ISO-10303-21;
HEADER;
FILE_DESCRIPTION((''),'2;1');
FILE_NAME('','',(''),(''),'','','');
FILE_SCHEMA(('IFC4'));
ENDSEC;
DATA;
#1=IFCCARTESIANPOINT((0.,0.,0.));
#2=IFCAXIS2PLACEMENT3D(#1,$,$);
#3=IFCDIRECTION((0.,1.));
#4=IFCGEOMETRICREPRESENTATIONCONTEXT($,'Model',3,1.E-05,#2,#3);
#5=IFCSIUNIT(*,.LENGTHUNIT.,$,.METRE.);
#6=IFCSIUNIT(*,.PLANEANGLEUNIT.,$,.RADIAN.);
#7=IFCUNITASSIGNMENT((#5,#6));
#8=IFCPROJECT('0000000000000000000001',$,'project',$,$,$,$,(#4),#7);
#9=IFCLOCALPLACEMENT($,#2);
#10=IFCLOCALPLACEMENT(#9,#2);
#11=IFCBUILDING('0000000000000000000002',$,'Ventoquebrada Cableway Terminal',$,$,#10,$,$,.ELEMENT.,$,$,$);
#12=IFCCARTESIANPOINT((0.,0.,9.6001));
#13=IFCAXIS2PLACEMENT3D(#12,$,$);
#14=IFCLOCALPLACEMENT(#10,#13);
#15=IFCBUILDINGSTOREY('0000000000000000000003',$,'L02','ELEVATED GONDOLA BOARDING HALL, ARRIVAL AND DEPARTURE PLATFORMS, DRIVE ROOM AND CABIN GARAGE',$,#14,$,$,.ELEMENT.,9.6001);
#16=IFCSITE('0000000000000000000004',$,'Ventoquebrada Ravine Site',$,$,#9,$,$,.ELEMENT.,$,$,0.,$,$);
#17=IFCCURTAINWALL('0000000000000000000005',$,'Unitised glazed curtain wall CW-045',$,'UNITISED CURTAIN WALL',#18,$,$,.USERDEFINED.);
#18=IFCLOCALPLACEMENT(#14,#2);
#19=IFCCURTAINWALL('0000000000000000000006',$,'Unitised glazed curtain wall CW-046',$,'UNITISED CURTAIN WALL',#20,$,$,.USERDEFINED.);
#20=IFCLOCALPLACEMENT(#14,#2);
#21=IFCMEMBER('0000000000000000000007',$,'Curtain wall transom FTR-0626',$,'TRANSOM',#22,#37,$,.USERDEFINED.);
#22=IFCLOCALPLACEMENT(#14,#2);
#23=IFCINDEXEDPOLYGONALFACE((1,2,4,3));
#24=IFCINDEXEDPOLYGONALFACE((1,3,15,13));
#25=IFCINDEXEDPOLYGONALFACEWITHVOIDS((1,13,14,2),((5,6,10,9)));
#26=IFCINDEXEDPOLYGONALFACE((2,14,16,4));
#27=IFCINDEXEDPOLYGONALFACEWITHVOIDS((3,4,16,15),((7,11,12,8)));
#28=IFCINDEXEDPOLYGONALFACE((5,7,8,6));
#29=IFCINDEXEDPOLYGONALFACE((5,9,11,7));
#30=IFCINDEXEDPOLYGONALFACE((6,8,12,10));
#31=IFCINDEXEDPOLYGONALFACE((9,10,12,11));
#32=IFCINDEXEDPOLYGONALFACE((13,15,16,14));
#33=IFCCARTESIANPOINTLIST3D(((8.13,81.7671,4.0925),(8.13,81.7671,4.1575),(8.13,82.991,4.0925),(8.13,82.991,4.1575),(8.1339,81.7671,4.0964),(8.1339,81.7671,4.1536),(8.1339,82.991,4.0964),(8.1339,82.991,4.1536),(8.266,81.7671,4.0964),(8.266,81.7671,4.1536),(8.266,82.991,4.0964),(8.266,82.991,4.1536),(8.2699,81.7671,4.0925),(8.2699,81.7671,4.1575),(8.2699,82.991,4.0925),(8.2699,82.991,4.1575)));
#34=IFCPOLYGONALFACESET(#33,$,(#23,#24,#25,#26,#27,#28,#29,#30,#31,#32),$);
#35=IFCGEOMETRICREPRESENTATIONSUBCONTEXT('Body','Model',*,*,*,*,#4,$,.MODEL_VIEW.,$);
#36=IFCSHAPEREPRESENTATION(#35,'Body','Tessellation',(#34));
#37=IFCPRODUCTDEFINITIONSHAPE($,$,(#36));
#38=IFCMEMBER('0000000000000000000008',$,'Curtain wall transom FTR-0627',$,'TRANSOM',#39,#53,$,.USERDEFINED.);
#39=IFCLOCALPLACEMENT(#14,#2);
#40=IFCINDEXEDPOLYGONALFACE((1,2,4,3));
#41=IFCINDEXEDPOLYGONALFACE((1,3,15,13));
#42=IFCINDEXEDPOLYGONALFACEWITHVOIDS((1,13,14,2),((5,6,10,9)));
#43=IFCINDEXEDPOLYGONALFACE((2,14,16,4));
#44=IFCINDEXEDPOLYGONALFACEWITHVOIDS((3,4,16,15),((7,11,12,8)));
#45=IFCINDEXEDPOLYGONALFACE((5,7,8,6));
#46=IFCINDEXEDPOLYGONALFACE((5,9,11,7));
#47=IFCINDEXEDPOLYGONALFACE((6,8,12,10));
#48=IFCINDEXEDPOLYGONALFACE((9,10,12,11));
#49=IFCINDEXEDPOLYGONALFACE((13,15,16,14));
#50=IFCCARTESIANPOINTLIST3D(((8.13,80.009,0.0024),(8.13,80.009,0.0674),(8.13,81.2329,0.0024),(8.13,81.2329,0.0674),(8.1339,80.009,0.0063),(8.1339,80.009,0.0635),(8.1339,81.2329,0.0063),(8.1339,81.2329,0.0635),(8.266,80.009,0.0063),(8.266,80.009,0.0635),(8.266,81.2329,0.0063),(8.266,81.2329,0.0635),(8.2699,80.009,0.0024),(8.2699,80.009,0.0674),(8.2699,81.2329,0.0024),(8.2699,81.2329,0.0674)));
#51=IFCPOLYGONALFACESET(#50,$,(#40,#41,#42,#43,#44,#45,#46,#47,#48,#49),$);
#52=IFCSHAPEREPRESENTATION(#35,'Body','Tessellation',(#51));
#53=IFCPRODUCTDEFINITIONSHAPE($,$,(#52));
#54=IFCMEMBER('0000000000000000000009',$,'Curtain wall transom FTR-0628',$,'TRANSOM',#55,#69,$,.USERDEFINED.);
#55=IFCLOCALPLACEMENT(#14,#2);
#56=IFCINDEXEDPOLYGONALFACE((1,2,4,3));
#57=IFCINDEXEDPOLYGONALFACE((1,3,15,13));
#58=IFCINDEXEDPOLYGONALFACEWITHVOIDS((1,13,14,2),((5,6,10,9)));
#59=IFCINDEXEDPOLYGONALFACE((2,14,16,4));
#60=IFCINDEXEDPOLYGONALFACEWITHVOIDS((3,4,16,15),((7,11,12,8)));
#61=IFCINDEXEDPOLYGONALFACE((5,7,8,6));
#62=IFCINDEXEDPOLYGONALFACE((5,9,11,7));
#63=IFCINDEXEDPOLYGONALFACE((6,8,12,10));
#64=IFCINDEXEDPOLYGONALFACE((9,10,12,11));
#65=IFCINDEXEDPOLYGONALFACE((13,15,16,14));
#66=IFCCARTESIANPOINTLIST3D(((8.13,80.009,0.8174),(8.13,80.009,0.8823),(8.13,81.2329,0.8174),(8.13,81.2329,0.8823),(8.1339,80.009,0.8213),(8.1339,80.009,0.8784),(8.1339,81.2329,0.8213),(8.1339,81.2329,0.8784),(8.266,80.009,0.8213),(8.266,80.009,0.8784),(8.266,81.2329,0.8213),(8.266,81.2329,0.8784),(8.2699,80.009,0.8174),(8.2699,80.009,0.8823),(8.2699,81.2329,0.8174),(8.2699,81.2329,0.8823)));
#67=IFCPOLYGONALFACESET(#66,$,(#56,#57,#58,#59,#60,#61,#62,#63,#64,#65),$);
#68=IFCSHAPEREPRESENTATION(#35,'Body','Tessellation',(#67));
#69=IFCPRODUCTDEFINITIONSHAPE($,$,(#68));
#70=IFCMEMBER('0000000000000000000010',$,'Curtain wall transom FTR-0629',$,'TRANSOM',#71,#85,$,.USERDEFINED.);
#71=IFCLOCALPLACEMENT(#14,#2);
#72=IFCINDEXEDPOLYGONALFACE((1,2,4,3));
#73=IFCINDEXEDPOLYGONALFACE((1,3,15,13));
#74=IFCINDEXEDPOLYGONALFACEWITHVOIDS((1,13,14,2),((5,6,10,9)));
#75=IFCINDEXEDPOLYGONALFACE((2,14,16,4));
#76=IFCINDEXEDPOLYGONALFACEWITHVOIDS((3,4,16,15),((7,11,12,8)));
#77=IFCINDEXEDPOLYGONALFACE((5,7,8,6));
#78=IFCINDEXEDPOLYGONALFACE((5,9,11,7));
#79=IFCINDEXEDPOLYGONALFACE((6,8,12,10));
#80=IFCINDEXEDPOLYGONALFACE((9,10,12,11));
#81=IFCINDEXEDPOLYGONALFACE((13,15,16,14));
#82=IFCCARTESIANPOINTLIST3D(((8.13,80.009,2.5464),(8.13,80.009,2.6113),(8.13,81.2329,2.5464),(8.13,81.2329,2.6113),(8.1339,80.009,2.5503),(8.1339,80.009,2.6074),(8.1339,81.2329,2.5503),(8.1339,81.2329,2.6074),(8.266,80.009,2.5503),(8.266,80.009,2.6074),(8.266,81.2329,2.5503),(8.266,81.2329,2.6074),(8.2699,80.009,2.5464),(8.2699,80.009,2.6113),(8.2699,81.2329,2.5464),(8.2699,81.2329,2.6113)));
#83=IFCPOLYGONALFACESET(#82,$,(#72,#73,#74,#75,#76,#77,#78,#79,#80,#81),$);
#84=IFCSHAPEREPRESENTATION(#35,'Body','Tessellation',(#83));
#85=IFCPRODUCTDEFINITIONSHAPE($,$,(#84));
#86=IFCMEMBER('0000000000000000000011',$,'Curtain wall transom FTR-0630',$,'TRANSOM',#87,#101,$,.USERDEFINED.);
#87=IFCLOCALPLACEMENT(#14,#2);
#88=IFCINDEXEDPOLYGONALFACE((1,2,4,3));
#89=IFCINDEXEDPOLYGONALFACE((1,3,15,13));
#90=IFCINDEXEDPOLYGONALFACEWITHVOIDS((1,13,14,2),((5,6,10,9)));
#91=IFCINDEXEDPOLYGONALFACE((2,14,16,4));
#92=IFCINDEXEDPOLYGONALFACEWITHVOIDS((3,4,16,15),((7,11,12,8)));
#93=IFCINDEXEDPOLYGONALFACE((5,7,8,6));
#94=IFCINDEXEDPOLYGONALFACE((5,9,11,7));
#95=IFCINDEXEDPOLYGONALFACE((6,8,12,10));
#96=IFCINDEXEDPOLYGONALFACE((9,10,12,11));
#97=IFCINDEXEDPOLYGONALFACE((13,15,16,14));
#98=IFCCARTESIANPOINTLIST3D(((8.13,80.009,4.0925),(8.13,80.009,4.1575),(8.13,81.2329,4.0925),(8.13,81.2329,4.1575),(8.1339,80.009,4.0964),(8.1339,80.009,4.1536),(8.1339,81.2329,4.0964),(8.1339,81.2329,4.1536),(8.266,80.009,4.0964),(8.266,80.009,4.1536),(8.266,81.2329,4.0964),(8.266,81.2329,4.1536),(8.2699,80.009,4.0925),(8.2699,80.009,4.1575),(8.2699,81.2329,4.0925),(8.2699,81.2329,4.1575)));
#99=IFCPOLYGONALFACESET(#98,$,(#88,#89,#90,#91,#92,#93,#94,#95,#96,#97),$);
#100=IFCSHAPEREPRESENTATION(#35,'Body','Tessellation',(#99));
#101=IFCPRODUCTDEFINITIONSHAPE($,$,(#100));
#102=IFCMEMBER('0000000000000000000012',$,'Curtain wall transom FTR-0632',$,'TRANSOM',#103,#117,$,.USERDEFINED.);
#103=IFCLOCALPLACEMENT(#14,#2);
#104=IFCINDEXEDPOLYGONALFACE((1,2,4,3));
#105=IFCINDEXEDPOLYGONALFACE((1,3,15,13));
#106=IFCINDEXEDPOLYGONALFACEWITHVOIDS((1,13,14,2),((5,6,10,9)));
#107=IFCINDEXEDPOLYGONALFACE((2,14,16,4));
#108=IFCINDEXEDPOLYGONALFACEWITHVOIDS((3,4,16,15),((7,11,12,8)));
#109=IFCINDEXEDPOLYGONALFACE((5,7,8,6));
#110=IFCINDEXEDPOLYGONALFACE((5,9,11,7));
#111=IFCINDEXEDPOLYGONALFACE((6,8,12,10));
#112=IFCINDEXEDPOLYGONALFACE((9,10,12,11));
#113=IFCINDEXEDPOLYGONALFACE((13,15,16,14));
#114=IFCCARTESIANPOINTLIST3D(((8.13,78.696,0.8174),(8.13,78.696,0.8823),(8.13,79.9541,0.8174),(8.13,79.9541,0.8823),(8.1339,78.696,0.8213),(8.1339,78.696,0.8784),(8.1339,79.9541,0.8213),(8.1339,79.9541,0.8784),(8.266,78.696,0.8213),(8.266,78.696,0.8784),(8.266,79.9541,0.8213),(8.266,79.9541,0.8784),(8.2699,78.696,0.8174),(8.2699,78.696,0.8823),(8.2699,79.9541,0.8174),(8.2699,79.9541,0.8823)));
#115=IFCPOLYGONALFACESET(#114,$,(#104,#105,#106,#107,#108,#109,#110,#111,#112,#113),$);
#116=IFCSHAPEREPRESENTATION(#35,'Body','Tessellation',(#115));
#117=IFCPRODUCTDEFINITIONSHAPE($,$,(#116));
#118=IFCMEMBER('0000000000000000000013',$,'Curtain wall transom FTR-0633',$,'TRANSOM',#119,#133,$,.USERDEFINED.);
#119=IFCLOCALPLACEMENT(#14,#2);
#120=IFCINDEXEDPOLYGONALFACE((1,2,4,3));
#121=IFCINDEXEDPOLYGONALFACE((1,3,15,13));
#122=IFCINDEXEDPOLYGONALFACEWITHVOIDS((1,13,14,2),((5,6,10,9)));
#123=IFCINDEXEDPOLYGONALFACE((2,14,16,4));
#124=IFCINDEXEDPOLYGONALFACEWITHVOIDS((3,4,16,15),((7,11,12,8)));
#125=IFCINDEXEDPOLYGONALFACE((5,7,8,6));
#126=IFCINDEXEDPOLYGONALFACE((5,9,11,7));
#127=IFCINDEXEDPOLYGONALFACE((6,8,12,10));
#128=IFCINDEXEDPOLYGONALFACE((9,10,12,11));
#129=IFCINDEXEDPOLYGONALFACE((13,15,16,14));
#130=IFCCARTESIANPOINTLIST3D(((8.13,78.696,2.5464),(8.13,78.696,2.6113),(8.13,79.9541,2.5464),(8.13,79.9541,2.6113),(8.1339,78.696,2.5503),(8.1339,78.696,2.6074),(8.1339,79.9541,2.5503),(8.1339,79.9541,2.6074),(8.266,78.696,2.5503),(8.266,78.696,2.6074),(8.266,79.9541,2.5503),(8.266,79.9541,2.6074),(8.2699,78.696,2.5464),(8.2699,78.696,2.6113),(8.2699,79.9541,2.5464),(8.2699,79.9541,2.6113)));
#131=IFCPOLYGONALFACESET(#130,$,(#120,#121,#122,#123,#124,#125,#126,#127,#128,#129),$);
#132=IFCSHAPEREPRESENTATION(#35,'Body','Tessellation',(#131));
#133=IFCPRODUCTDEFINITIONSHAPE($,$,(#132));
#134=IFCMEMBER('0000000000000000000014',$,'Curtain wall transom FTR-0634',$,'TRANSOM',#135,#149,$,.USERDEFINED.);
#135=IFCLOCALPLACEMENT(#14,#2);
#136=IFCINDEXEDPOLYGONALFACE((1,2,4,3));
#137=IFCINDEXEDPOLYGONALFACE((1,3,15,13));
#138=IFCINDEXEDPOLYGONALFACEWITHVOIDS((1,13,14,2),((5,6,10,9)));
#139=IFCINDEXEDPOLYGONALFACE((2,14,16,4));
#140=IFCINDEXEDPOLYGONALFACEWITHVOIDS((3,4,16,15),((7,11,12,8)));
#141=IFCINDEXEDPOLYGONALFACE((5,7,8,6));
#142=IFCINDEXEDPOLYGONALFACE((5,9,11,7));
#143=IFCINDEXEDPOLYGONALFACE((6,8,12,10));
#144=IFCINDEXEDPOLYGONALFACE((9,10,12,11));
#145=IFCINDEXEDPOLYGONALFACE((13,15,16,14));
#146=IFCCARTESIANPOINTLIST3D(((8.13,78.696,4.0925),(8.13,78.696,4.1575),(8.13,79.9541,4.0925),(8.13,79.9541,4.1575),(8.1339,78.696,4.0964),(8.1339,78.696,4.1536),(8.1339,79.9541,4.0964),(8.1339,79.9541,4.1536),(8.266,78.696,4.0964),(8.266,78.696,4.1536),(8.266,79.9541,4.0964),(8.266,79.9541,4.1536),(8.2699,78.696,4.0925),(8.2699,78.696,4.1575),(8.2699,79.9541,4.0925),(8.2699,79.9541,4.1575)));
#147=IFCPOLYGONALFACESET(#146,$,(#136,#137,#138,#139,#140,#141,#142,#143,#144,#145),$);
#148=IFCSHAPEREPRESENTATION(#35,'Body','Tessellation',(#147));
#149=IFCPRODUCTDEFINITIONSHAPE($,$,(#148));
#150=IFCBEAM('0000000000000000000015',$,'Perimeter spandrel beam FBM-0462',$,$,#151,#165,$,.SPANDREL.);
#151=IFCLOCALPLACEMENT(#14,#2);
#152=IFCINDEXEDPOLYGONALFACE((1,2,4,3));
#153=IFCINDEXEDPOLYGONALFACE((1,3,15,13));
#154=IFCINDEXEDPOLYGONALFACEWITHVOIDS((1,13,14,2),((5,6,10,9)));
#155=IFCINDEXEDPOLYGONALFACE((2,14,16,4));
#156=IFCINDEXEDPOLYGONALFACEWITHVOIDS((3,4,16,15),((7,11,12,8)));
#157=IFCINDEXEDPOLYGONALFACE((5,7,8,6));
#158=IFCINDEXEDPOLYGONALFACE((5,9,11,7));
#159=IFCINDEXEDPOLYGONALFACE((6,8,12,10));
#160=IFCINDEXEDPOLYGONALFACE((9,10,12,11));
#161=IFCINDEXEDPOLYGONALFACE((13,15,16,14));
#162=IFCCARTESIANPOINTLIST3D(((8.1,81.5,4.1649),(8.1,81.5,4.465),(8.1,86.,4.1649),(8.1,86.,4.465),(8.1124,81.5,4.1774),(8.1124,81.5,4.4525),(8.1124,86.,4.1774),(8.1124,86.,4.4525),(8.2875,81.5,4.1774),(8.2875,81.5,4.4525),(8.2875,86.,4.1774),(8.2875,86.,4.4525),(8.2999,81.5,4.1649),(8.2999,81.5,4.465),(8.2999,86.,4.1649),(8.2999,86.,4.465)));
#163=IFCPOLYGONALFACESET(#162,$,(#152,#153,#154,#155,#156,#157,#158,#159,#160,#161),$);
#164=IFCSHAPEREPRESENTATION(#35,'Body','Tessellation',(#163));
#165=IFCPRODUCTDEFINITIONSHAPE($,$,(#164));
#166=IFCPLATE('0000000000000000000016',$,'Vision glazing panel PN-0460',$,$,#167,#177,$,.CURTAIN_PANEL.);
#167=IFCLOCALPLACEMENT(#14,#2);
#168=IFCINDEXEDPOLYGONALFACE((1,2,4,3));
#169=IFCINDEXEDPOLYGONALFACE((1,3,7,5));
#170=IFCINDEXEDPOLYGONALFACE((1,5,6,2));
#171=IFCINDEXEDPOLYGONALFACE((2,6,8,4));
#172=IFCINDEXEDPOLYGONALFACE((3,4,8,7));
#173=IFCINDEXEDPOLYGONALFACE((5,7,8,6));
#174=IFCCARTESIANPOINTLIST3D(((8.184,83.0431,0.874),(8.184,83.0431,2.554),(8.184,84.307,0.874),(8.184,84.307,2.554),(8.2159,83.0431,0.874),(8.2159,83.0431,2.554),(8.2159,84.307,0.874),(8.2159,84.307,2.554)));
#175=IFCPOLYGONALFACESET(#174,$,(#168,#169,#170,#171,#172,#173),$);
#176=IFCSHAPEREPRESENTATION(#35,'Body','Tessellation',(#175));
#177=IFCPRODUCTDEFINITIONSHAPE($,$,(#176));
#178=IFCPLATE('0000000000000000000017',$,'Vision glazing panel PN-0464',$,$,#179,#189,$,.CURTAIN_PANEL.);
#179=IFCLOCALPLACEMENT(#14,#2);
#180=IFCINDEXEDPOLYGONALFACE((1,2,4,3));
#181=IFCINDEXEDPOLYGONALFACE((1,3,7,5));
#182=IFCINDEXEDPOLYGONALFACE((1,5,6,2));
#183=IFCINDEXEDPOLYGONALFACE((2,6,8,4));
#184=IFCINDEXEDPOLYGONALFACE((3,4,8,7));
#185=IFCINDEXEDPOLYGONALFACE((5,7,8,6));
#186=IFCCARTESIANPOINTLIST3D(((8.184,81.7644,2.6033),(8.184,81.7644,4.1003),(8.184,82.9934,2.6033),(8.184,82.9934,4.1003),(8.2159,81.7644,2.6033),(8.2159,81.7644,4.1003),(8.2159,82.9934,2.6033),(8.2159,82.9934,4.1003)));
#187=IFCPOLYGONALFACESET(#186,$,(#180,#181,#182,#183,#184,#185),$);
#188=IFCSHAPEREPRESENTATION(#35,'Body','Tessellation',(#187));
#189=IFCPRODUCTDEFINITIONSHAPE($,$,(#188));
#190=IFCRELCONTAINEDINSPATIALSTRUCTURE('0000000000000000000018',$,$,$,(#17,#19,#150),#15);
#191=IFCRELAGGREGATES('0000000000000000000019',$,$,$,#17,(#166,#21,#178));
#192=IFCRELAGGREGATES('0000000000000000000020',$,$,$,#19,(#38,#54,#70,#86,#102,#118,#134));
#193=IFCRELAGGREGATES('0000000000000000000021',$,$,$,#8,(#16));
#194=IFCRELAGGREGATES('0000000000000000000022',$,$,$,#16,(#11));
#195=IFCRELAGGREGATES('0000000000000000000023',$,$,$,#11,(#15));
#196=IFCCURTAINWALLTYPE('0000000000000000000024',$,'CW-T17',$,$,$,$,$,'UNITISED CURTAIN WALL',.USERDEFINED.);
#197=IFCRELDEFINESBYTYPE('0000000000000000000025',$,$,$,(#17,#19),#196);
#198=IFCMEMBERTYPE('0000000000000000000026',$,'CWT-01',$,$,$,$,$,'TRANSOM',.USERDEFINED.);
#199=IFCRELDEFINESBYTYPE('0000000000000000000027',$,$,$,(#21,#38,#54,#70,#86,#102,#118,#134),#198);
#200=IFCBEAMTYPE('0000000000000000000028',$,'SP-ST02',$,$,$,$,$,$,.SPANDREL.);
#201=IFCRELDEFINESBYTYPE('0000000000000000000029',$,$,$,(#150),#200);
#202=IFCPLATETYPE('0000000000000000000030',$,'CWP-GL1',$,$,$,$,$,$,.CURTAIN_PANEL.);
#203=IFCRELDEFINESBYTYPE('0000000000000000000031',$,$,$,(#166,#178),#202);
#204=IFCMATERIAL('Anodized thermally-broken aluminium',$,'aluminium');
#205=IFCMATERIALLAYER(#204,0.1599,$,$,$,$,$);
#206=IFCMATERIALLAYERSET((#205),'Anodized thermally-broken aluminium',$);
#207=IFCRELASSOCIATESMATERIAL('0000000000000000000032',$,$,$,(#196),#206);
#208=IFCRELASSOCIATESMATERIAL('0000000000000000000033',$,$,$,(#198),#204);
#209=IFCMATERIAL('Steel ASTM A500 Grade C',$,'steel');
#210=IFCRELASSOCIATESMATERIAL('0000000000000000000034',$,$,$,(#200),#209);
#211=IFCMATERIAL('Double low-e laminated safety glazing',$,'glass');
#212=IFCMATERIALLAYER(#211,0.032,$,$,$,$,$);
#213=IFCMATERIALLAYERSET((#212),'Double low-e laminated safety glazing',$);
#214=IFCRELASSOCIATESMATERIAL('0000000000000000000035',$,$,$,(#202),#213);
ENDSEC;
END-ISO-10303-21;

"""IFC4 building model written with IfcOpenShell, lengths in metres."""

from ifc_helpers import new_model, si_unit, direction, frame, origin, origin_2d, place, context, subcontext, project, spatial, rectangle, hollow_rectangle, extrude, material, layer, layer_set, material_profile, profile_set, type_object, element, aggregate, save


model = new_model("IFC4")

# Units and contexts
model_context = context("Model", 3, precision=1e-05, world=origin(), true_north=direction((0.0, 1.0)))
body_context = subcontext(model_context, "Body", "Model", "MODEL_VIEW")
ifc_project = project(units=[si_unit("LENGTHUNIT", "METRE"), si_unit("PLANEANGLEUNIT", "RADIAN")], contexts=[model_context])

# Site, building, storey
site_placement = place(None, origin())
site = spatial("IfcSite", under=ifc_project, at=site_placement, Name="Ventoquebrada Ravine Site", CompositionType="ELEMENT", RefElevation=0.0)
building_placement = place(site_placement, origin())
building = spatial("IfcBuilding", under=site, at=building_placement, Name="Ventoquebrada Cableway Terminal", CompositionType="ELEMENT")
storey_placement = place(building_placement, frame((0.0, 0.0, 9.6001)))
storey = spatial("IfcBuildingStorey", under=building, at=storey_placement, Name="L02", Description="ELEVATED GONDOLA BOARDING HALL, ARRIVAL AND DEPARTURE PLATFORMS, DRIVE ROOM AND CABIN GARAGE", CompositionType="ELEMENT", Elevation=9.6001)

# Curtain walls
ifc_material_1 = material(Name="Anodized thermally-broken aluminium", Category="aluminium")
ifc_layer_1 = layer(ifc_material_1, 0.1599)
ifc_layer_set_1 = layer_set([ifc_layer_1], Name="Anodized thermally-broken aluminium")
curtain_wall_type = type_object("IfcCurtainWallType", Name="CW-T17", ElementType="UNITISED CURTAIN WALL", PredefinedType="USERDEFINED", material=ifc_layer_set_1)
curtain_wall_1_placement = place(storey_placement, origin())
curtain_wall_1 = element("IfcCurtainWall", 1, at=curtain_wall_1_placement, inside=storey, type_object=curtain_wall_type, Name="Unitised glazed curtain wall CW-045", ObjectType="UNITISED CURTAIN WALL", PredefinedType="USERDEFINED")
curtain_wall_2_placement = place(storey_placement, origin())
curtain_wall_2 = element("IfcCurtainWall", 2, at=curtain_wall_2_placement, inside=storey, type_object=curtain_wall_type, Name="Unitised glazed curtain wall CW-046", ObjectType="UNITISED CURTAIN WALL", PredefinedType="USERDEFINED")

# Members
ifc_material_profile_1 = material_profile(ifc_material_1, hollow_rectangle(XDim=0.0649, YDim=0.1399, WallThickness=0.0039, at=origin_2d()), Name="CW-TRN-65X140")
ifc_profile_set_1 = profile_set([ifc_material_profile_1], Name="Anodized thermally-broken aluminium")
member_type_1 = type_object("IfcMemberType", Name="CWT-01", ElementType="TRANSOM", PredefinedType="USERDEFINED", material=ifc_profile_set_1)
member_1_placement = place(storey_placement, frame((8.2, 82.991, 4.125), z_axis=(0.0, -1.0, 0.0), x_axis=(0.0, 0.0, 1.0)))
member_1 = element("IfcMember", 3, at=member_1_placement, type_object=member_type_1, Name="Curtain wall transom FTR-0626", ObjectType="TRANSOM", PredefinedType="USERDEFINED", context=body_context, shape_type="SweptSolid", body=[
    extrude(hollow_rectangle(XDim=0.0649, YDim=0.1399, WallThickness=0.0039, at=origin_2d()), origin(), (0.0, 0.0, 1.0), 1.2239),
])
member_2_placement = place(storey_placement, frame((8.2, 81.2329, 0.0349), z_axis=(0.0, -1.0, 0.0), x_axis=(0.0, 0.0, 1.0)))
member_2 = element("IfcMember", 4, at=member_2_placement, type_object=member_type_1, Name="Curtain wall transom FTR-0627", ObjectType="TRANSOM", PredefinedType="USERDEFINED", context=body_context, shape_type="SweptSolid", body=[
    extrude(hollow_rectangle(XDim=0.0649, YDim=0.1399, WallThickness=0.0039, at=origin_2d()), origin(), (0.0, 0.0, 1.0), 1.2239),
])
member_3_placement = place(storey_placement, frame((8.2, 81.2329, 0.8499), z_axis=(0.0, -1.0, 0.0), x_axis=(0.0, 0.0, 1.0)))
member_3 = element("IfcMember", 5, at=member_3_placement, type_object=member_type_1, Name="Curtain wall transom FTR-0628", ObjectType="TRANSOM", PredefinedType="USERDEFINED", context=body_context, shape_type="SweptSolid", body=[
    extrude(hollow_rectangle(XDim=0.0649, YDim=0.1399, WallThickness=0.0039, at=origin_2d()), origin(), (0.0, 0.0, 1.0), 1.2239),
])
member_4_placement = place(storey_placement, frame((8.2, 81.2329, 2.5789), z_axis=(0.0, -1.0, 0.0), x_axis=(0.0, 0.0, 1.0)))
member_4 = element("IfcMember", 6, at=member_4_placement, type_object=member_type_1, Name="Curtain wall transom FTR-0629", ObjectType="TRANSOM", PredefinedType="USERDEFINED", context=body_context, shape_type="SweptSolid", body=[
    extrude(hollow_rectangle(XDim=0.0649, YDim=0.1399, WallThickness=0.0039, at=origin_2d()), origin(), (0.0, 0.0, 1.0), 1.2239),
])
member_5_placement = place(storey_placement, frame((8.2, 81.2329, 4.125), z_axis=(0.0, -1.0, 0.0), x_axis=(0.0, 0.0, 1.0)))
member_5 = element("IfcMember", 7, at=member_5_placement, type_object=member_type_1, Name="Curtain wall transom FTR-0630", ObjectType="TRANSOM", PredefinedType="USERDEFINED", context=body_context, shape_type="SweptSolid", body=[
    extrude(hollow_rectangle(XDim=0.0649, YDim=0.1399, WallThickness=0.0039, at=origin_2d()), origin(), (0.0, 0.0, 1.0), 1.2239),
])
member_6_placement = place(storey_placement, frame((8.2, 79.9541, 0.8499), z_axis=(0.0, -1.0, 0.0), x_axis=(0.0, 0.0, 1.0)))
member_6 = element("IfcMember", 8, at=member_6_placement, type_object=member_type_1, Name="Curtain wall transom FTR-0632", ObjectType="TRANSOM", PredefinedType="USERDEFINED", context=body_context, shape_type="SweptSolid", body=[
    extrude(hollow_rectangle(XDim=0.0649, YDim=0.1399, WallThickness=0.0039, at=origin_2d()), origin(), (0.0, 0.0, 1.0), 1.2581),
])
member_7_placement = place(storey_placement, frame((8.2, 79.9541, 2.5789), z_axis=(0.0, -1.0, 0.0), x_axis=(0.0, 0.0, 1.0)))
member_7 = element("IfcMember", 9, at=member_7_placement, type_object=member_type_1, Name="Curtain wall transom FTR-0633", ObjectType="TRANSOM", PredefinedType="USERDEFINED", context=body_context, shape_type="SweptSolid", body=[
    extrude(hollow_rectangle(XDim=0.0649, YDim=0.1399, WallThickness=0.0039, at=origin_2d()), origin(), (0.0, 0.0, 1.0), 1.2581),
])
member_8_placement = place(storey_placement, frame((8.2, 79.9541, 4.125), z_axis=(0.0, -1.0, 0.0), x_axis=(0.0, 0.0, 1.0)))
member_8 = element("IfcMember", 10, at=member_8_placement, type_object=member_type_1, Name="Curtain wall transom FTR-0634", ObjectType="TRANSOM", PredefinedType="USERDEFINED", context=body_context, shape_type="SweptSolid", body=[
    extrude(hollow_rectangle(XDim=0.0649, YDim=0.1399, WallThickness=0.0039, at=origin_2d()), origin(), (0.0, 0.0, 1.0), 1.2581),
])

# Beam
ifc_material_2 = material(Name="Steel ASTM A500 Grade C", Category="steel")
ifc_material_profile_2 = material_profile(ifc_material_2, hollow_rectangle(XDim=0.2, YDim=0.3, WallThickness=0.0125, at=origin_2d()), Name="RHS300X200X12.5")
ifc_profile_set_2 = profile_set([ifc_material_profile_2], Name="Steel ASTM A500 Grade C")
beam_type_1 = type_object("IfcBeamType", Name="SP-ST02", PredefinedType="SPANDREL", material=ifc_profile_set_2)
beam_1_placement = place(storey_placement, frame((8.2, 81.5, 4.3149), z_axis=(0.0, 1.0, 0.0), x_axis=(-1.0, 0.0, 0.0)))
element("IfcBeam", 11, at=beam_1_placement, inside=storey, type_object=beam_type_1, Name="Perimeter spandrel beam FBM-0462", PredefinedType="SPANDREL", context=body_context, shape_type="SweptSolid", body=[
    extrude(hollow_rectangle(XDim=0.2, YDim=0.3, WallThickness=0.0125, at=origin_2d()), origin(), (0.0, 0.0, 1.0), 4.5),
])

# Plates
ifc_material_3 = material(Name="Double low-e laminated safety glazing", Category="glass")
ifc_layer_2 = layer(ifc_material_3, 0.032)
ifc_layer_set_2 = layer_set([ifc_layer_2], Name="Double low-e laminated safety glazing")
plate_type_1 = type_object("IfcPlateType", Name="CWP-GL1", PredefinedType="CURTAIN_PANEL", material=ifc_layer_set_2)
plate_1_placement = place(storey_placement, frame((8.2, 83.675, 0.874), z_axis=(0.0, 0.0, 1.0), x_axis=(0.0, -1.0, 0.0)))
plate_1 = element("IfcPlate", 12, at=plate_1_placement, type_object=plate_type_1, Name="Vision glazing panel PN-0460", PredefinedType="CURTAIN_PANEL", context=body_context, shape_type="SweptSolid", body=[
    extrude(rectangle(XDim=1.2639, YDim=0.032, at=origin_2d()), origin(), (0.0, 0.0, 1.0), 1.6799),
])
plate_2_placement = place(storey_placement, frame((8.2, 82.3789, 2.6033), z_axis=(0.0, 0.0, 1.0), x_axis=(0.0, -1.0, 0.0)))
plate_2 = element("IfcPlate", 13, at=plate_2_placement, type_object=plate_type_1, Name="Vision glazing panel PN-0464", PredefinedType="CURTAIN_PANEL", context=body_context, shape_type="SweptSolid", body=[
    extrude(rectangle(XDim=1.229, YDim=0.032, at=origin_2d()), origin(), (0.0, 0.0, 1.0), 1.4971),
])
aggregate(curtain_wall_1, [plate_1, member_1, plate_2])
aggregate(curtain_wall_2, [member_2, member_3, member_4, member_5, member_6, member_7, member_8])

save(model, "model.ifc")
